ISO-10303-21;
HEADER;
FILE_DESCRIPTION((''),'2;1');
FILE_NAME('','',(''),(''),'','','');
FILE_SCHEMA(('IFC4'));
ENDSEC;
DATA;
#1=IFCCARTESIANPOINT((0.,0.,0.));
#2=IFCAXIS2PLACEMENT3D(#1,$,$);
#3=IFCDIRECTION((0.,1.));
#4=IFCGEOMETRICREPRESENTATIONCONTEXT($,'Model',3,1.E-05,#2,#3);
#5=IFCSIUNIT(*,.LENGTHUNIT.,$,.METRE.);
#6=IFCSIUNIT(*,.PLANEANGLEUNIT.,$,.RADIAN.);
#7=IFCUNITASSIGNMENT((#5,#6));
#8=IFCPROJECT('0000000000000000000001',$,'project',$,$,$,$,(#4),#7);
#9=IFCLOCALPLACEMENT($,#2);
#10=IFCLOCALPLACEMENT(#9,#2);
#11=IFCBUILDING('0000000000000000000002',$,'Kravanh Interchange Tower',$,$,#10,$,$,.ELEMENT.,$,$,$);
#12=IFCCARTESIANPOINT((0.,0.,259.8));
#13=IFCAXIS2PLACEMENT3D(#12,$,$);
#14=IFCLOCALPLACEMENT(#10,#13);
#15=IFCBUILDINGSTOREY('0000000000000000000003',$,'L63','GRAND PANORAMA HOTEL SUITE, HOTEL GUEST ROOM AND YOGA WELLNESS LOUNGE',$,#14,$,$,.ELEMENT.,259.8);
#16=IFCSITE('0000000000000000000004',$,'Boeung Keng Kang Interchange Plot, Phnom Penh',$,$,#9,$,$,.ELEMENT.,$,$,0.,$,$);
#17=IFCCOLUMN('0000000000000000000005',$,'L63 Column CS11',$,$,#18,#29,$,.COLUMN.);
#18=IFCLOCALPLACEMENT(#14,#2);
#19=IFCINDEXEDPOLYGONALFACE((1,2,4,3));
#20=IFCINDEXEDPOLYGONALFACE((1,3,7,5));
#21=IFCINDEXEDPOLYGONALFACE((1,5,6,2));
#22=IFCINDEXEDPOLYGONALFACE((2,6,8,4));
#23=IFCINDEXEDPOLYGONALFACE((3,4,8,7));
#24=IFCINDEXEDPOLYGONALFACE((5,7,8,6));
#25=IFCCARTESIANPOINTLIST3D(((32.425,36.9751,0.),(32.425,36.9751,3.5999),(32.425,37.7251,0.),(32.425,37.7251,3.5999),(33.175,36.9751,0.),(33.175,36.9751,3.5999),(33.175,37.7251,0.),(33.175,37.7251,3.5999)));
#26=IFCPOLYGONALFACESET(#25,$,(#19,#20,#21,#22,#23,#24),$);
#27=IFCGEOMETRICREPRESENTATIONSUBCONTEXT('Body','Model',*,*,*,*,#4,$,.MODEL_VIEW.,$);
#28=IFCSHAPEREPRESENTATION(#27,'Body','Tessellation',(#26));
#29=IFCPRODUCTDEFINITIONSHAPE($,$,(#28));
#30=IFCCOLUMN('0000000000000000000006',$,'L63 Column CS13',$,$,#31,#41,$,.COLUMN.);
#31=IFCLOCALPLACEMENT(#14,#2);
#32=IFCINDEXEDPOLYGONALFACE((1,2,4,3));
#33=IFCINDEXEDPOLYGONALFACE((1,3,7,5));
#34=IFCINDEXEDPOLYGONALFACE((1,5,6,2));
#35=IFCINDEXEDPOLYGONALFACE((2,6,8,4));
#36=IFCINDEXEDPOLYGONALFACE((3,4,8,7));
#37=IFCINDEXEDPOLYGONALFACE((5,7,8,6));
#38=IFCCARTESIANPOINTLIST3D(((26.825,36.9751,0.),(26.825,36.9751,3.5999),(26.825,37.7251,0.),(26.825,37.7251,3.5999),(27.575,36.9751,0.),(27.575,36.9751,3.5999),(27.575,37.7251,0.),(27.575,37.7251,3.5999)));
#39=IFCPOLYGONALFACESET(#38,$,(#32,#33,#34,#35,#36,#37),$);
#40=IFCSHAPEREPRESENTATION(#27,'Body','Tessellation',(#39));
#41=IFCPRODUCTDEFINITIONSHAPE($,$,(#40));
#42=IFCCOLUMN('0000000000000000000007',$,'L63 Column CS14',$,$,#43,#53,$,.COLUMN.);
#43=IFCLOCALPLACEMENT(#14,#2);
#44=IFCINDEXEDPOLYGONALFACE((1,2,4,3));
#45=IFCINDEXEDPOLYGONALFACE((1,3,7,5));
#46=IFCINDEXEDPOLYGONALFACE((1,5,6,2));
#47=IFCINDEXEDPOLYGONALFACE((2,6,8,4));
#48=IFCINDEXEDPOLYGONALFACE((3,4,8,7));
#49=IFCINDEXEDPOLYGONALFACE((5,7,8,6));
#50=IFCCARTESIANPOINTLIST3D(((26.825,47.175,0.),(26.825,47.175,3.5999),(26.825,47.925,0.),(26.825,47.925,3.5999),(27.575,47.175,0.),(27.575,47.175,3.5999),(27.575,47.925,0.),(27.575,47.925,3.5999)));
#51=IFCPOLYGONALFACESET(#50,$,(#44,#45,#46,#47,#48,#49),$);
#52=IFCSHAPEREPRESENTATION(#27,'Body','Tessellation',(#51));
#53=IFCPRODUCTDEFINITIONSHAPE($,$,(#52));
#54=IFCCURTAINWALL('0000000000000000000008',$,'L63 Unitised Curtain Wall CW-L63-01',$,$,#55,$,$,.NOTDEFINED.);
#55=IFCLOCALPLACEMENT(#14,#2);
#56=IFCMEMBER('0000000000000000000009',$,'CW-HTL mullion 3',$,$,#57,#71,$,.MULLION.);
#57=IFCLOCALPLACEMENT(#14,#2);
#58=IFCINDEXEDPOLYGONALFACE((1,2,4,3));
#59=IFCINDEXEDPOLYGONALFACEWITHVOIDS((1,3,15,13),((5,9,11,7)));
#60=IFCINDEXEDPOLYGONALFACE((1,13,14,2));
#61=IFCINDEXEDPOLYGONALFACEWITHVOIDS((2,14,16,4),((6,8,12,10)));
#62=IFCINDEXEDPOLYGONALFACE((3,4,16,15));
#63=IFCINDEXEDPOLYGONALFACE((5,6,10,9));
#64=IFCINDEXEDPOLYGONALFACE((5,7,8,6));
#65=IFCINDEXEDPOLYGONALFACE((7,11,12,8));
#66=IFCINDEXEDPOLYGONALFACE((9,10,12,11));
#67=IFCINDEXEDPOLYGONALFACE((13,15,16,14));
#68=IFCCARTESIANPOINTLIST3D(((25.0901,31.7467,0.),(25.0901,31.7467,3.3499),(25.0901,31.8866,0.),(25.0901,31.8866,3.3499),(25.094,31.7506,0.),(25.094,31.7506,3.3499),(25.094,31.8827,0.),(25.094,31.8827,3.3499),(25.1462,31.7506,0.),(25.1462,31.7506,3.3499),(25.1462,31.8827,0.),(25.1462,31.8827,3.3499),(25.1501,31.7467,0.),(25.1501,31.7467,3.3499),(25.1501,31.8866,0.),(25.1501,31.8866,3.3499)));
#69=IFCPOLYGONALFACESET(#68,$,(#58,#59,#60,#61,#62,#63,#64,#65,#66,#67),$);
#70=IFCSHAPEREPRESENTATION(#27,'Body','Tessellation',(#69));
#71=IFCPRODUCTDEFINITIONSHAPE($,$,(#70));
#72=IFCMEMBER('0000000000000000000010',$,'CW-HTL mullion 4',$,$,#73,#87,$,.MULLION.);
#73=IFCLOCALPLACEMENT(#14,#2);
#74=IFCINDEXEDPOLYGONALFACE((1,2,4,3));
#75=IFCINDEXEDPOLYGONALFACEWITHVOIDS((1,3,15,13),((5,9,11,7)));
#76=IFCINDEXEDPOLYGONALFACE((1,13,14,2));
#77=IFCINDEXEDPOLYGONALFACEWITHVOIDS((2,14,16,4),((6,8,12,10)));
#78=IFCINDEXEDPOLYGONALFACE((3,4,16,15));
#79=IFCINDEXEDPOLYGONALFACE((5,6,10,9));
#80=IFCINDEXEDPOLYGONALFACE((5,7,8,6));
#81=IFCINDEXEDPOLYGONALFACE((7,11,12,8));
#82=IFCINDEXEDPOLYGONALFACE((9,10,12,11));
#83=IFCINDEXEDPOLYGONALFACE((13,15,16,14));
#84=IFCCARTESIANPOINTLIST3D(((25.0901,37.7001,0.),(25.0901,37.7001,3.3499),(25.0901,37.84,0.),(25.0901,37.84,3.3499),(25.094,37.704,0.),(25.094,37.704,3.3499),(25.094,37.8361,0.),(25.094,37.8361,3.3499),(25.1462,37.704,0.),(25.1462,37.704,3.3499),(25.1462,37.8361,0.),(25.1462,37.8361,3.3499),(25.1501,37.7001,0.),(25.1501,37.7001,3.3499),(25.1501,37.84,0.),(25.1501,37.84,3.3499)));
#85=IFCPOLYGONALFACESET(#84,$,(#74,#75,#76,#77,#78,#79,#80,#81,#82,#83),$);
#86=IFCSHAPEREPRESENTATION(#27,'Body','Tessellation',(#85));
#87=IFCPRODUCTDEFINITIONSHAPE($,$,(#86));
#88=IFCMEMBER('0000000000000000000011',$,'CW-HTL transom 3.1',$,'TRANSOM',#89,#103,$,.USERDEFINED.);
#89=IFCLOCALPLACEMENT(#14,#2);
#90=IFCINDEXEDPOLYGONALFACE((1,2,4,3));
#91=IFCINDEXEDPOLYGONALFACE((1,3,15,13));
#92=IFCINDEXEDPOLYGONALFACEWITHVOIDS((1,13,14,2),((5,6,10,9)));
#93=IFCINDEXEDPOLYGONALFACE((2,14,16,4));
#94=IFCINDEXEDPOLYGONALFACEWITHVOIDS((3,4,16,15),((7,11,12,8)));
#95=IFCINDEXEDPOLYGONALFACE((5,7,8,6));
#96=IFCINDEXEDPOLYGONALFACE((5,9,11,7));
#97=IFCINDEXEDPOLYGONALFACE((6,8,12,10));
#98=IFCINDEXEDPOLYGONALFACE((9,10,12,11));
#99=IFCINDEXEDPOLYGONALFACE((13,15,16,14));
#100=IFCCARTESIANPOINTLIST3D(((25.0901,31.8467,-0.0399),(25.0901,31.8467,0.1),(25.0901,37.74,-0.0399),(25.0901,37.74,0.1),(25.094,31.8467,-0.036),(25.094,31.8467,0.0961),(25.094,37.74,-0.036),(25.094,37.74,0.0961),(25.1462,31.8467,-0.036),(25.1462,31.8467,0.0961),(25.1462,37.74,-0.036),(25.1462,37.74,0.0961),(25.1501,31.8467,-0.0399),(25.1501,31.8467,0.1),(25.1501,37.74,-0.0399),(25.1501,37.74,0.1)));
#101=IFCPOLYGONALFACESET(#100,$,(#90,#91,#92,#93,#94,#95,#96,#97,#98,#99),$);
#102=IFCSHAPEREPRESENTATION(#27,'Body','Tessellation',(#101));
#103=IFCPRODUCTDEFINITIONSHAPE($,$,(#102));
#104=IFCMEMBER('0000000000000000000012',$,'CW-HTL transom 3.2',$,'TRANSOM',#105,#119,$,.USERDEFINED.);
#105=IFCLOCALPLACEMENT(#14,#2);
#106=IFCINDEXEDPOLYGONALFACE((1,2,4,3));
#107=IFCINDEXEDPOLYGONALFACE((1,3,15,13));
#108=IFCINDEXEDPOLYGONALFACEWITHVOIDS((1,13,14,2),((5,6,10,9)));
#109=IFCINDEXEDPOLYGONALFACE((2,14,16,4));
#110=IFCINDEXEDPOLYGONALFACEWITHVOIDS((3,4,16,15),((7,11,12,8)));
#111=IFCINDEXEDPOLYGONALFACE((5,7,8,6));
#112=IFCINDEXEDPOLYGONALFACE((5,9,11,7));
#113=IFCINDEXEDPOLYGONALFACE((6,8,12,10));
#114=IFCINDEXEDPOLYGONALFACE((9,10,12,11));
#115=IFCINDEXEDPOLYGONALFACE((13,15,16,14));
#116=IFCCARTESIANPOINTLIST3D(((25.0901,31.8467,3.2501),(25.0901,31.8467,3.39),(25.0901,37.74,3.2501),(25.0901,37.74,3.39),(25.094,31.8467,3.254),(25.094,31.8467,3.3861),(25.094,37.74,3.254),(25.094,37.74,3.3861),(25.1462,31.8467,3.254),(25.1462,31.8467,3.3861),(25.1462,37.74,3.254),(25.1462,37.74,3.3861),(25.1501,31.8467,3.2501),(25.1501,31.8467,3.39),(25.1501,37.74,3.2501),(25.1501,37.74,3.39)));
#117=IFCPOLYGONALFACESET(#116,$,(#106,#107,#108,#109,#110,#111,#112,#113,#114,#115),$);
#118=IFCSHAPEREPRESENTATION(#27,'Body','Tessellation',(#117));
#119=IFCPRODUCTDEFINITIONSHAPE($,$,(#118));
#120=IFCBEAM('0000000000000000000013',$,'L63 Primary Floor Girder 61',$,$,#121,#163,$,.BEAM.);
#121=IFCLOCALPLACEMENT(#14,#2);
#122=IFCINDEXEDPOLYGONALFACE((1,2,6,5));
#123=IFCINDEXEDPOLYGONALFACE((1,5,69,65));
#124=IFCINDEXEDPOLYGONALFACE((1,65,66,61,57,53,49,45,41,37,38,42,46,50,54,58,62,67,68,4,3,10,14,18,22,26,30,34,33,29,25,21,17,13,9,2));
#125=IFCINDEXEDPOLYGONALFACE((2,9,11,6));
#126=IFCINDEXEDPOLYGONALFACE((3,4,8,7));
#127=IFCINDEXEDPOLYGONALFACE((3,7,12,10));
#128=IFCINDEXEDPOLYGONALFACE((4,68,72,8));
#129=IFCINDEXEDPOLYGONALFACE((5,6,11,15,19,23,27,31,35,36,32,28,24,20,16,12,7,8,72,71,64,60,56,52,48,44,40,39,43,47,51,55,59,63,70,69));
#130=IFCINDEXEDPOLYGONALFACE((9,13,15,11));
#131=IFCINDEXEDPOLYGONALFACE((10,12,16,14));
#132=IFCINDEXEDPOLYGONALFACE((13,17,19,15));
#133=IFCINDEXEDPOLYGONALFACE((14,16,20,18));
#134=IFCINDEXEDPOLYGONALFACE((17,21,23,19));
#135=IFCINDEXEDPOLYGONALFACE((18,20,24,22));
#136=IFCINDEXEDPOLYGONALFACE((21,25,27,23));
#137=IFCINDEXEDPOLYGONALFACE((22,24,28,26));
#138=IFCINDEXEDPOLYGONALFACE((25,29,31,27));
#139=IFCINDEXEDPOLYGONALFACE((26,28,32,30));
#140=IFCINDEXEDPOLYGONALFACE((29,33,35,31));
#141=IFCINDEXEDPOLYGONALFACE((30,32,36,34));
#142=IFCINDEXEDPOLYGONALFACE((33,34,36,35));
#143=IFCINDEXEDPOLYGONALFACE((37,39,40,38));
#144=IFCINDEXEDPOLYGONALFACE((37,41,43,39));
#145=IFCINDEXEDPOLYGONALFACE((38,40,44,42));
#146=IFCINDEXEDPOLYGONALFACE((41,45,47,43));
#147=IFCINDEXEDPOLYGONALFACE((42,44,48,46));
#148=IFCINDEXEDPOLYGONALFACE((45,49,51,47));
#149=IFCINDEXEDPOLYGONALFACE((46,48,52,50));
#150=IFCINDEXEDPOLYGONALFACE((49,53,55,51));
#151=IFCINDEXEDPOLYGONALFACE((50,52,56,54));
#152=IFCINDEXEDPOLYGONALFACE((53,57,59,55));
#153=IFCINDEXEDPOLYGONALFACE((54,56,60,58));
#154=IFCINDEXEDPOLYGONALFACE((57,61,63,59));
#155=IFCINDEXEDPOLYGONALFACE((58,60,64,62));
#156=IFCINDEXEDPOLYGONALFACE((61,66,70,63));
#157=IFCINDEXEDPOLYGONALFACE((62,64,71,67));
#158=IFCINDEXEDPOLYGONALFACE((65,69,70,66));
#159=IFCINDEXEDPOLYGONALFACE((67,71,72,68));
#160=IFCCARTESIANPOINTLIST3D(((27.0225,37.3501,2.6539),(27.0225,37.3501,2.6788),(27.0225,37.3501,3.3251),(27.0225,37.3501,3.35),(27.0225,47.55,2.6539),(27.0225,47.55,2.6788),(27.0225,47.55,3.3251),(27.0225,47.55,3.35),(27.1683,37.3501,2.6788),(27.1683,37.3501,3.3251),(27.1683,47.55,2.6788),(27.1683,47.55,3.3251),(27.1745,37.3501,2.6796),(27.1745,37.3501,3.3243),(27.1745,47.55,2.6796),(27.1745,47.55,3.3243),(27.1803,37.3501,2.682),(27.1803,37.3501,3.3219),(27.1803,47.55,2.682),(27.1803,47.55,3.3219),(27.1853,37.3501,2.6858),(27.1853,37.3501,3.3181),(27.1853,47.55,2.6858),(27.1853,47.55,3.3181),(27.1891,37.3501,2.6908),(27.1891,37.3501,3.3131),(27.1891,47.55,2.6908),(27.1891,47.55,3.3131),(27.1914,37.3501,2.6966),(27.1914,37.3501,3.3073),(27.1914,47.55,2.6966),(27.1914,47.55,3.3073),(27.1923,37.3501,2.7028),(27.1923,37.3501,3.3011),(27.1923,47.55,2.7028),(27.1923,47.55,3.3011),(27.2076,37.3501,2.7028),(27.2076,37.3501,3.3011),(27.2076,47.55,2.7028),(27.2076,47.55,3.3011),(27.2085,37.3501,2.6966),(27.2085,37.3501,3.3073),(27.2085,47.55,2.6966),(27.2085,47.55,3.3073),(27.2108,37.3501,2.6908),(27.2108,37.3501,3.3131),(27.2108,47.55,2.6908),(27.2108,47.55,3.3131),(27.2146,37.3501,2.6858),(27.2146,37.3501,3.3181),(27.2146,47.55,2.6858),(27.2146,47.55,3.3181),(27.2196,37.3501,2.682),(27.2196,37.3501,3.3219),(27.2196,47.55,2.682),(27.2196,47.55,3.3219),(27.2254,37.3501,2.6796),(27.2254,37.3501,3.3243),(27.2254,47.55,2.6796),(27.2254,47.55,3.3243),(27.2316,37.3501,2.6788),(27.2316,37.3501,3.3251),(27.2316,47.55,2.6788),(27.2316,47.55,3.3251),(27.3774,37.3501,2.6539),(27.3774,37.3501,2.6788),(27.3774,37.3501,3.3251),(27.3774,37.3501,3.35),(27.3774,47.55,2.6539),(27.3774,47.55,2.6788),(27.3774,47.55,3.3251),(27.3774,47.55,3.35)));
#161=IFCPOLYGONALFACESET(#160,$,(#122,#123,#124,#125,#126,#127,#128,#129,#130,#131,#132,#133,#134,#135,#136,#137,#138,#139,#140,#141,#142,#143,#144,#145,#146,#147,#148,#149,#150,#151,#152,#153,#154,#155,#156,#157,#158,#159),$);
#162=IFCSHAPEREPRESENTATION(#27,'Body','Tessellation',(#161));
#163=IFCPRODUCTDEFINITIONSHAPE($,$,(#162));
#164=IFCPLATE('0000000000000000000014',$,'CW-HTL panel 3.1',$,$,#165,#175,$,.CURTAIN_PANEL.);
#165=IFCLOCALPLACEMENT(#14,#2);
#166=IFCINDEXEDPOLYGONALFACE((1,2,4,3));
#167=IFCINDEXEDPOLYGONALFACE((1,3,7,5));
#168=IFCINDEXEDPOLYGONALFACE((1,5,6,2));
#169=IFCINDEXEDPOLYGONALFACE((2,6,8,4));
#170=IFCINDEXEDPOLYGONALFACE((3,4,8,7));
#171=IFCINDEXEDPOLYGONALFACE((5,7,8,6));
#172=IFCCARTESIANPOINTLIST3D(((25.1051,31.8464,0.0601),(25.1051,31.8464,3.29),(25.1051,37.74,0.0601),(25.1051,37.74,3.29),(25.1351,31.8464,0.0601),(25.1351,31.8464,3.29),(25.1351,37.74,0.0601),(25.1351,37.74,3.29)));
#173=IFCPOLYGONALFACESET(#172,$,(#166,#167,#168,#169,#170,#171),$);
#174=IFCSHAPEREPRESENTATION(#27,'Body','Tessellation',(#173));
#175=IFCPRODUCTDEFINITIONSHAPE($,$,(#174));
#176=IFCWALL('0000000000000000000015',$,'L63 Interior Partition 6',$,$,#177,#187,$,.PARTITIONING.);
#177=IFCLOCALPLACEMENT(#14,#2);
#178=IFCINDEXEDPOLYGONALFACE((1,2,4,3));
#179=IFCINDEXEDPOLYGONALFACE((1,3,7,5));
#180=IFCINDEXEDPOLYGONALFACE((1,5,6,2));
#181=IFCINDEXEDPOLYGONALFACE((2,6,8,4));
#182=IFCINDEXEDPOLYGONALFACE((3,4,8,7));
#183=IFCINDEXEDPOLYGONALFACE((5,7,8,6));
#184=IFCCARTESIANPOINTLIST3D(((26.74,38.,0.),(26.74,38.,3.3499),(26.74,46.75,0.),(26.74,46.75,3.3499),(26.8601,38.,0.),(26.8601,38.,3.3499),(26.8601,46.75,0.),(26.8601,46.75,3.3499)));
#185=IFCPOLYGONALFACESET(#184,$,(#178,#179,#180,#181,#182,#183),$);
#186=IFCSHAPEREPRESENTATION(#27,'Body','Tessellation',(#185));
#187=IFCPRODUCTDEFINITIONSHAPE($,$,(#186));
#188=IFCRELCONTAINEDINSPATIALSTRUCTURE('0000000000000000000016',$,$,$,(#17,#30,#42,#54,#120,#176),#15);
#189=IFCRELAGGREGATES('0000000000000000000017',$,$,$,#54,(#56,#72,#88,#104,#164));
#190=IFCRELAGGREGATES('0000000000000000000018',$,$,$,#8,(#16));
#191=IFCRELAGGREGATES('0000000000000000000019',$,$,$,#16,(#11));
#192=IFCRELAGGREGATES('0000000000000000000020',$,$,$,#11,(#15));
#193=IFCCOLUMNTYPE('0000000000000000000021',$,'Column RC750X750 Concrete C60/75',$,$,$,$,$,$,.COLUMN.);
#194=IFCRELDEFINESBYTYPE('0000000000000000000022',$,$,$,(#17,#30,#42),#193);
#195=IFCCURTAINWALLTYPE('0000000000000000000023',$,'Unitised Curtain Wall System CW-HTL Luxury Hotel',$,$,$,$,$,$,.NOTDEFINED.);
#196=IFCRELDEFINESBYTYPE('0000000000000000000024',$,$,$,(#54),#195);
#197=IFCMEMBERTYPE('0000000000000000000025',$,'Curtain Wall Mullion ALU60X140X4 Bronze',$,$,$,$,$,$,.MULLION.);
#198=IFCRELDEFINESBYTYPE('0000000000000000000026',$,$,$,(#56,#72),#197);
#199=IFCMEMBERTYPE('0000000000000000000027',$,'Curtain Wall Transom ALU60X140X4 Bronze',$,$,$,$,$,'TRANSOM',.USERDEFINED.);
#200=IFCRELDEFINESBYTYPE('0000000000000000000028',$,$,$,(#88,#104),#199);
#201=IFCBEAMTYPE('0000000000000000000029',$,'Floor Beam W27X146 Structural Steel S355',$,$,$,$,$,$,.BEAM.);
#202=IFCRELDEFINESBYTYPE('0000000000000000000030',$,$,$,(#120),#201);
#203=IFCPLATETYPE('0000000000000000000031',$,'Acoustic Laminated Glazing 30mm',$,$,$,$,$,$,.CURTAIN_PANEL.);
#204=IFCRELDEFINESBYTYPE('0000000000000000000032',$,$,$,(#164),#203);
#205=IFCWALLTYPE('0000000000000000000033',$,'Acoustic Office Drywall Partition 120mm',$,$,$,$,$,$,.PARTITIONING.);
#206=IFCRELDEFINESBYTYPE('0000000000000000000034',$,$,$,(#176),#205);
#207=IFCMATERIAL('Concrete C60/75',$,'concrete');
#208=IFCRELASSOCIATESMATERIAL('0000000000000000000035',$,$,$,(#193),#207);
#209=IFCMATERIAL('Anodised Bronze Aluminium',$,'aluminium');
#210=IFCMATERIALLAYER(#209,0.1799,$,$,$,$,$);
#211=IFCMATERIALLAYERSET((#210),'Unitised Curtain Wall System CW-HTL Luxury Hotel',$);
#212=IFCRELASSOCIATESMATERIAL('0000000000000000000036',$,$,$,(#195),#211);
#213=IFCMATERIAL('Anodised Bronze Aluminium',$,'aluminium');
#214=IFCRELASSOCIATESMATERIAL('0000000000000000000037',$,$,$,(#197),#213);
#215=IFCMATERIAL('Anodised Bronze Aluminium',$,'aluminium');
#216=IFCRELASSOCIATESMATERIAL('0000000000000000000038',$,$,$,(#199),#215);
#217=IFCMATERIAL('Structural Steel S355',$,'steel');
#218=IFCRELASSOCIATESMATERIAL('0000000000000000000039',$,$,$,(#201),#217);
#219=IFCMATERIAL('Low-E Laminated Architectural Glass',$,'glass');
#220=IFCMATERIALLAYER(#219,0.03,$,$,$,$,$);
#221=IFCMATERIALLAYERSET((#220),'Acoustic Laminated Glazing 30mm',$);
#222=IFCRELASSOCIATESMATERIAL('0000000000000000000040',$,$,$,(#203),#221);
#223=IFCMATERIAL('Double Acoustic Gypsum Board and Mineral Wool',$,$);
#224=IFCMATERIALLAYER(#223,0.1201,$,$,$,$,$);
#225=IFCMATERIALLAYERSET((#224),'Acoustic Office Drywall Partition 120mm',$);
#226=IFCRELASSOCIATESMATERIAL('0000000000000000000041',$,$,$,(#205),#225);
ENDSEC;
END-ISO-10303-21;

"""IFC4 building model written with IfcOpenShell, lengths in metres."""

from ifc_helpers import new_model, si_unit, direction, frame, frame_2d, origin, origin_2d, place, context, subcontext, project, spatial, rectangle, hollow_rectangle, i_section, extrude, material, layer, layer_set, material_profile, profile_set, type_object, element, aggregate, save


model = new_model("IFC4")

# Units and contexts
model_context = context("Model", 3, precision=1e-05, world=origin(), true_north=direction((0.0, 1.0)))
body_context = subcontext(model_context, "Body", "Model", "MODEL_VIEW")
ifc_project = project(units=[si_unit("LENGTHUNIT", "METRE"), si_unit("PLANEANGLEUNIT", "RADIAN")], contexts=[model_context])

# Site, building, storey
site_placement = place(None, origin())
site = spatial("IfcSite", under=ifc_project, at=site_placement, Name="Boeung Keng Kang Interchange Plot, Phnom Penh", CompositionType="ELEMENT", RefElevation=0.0)
building_placement = place(site_placement, origin())
building = spatial("IfcBuilding", under=site, at=building_placement, Name="Kravanh Interchange Tower", CompositionType="ELEMENT")
storey_placement = place(building_placement, frame((0.0, 0.0, 259.8)))
storey = spatial("IfcBuildingStorey", under=building, at=storey_placement, Name="L63", Description="GRAND PANORAMA HOTEL SUITE, HOTEL GUEST ROOM AND YOGA WELLNESS LOUNGE", CompositionType="ELEMENT", Elevation=259.8)

# Columns
ifc_material_1 = material(Name="Concrete C60/75", Category="concrete")
ifc_material_profile_1 = material_profile(ifc_material_1, rectangle(XDim=0.75, YDim=0.75, at=origin_2d()), Name="RC750X750")
ifc_profile_set_1 = profile_set([ifc_material_profile_1], Name="Concrete C60/75")
column_type = type_object("IfcColumnType", Name="Column RC750X750 Concrete C60/75", PredefinedType="COLUMN", material=ifc_profile_set_1)
for number, where, z_axis, x_axis, name in (
    (1, (32.8, 37.3501, 0.0), (0.0, 0.0, 1.0), (1.0, 0.0, 0.0), "L63 Column CS11"),
    (2, (27.2, 37.3501, 0.0), (0.0, 0.0, 1.0), (1.0, 0.0, 0.0), "L63 Column CS13"),
    (3, (27.2, 47.55, 0.0), (0.0, 0.0, 1.0), (1.0, 0.0, 0.0), "L63 Column CS14"),
):
    element("IfcColumn", number, at=place(storey_placement, frame(where, z_axis=z_axis, x_axis=x_axis)), inside=storey, type_object=column_type, Name=name, PredefinedType="COLUMN", context=body_context, shape_type="SweptSolid", body=[
        extrude(rectangle(XDim=0.75, YDim=0.75, at=origin_2d()), origin(), (0.0, 0.0, 1.0), 3.5999),
    ])

# Curtain wall, members
ifc_material_2 = material(Name="Anodised Bronze Aluminium", Category="aluminium")
ifc_layer_1 = layer(ifc_material_2, 0.1799)
ifc_layer_set_1 = layer_set([ifc_layer_1], Name="Unitised Curtain Wall System CW-HTL Luxury Hotel")
curtain_wall_type = type_object("IfcCurtainWallType", Name="Unitised Curtain Wall System CW-HTL Luxury Hotel", PredefinedType="NOTDEFINED", material=ifc_layer_set_1)
curtain_wall_placement = place(storey_placement, origin())
curtain_wall = element("IfcCurtainWall", 4, at=curtain_wall_placement, inside=storey, type_object=curtain_wall_type, Name="L63 Unitised Curtain Wall CW-L63-01", PredefinedType="NOTDEFINED")
ifc_material_3 = material(Name="Anodised Bronze Aluminium", Category="aluminium")
ifc_material_profile_2 = material_profile(ifc_material_3, hollow_rectangle(XDim=0.0601, YDim=0.1399, WallThickness=0.0039, at=origin_2d()), Name="ALU60X140X4")
ifc_profile_set_2 = profile_set([ifc_material_profile_2], Name="Anodised Bronze Aluminium")
member_type_1 = type_object("IfcMemberType", Name="Curtain Wall Mullion ALU60X140X4 Bronze", PredefinedType="MULLION", material=ifc_profile_set_2)
member_1_placement = place(storey_placement, frame((25.1201, 31.8167, 0.0), z_axis=(0.0, 0.0, 1.0), x_axis=(-1.0, 0.0, 0.0)))
member_1 = element("IfcMember", 5, at=member_1_placement, type_object=member_type_1, Name="CW-HTL mullion 3", PredefinedType="MULLION", context=body_context, shape_type="SweptSolid", body=[
    extrude(hollow_rectangle(XDim=0.0601, YDim=0.1399, WallThickness=0.0039, at=origin_2d()), origin(), (0.0, 0.0, 1.0), 3.3499),
])
member_2_placement = place(storey_placement, frame((25.1201, 37.77, 0.0), z_axis=(0.0, 0.0, 1.0), x_axis=(-1.0, 0.0, 0.0)))
member_2 = element("IfcMember", 6, at=member_2_placement, type_object=member_type_1, Name="CW-HTL mullion 4", PredefinedType="MULLION", context=body_context, shape_type="SweptSolid", body=[
    extrude(hollow_rectangle(XDim=0.0601, YDim=0.1399, WallThickness=0.0039, at=origin_2d()), origin(), (0.0, 0.0, 1.0), 3.3499),
])
ifc_material_4 = material(Name="Anodised Bronze Aluminium", Category="aluminium")
ifc_material_profile_3 = material_profile(ifc_material_4, hollow_rectangle(XDim=0.0601, YDim=0.1399, WallThickness=0.0039, at=origin_2d()), Name="ALU60X140X4")
ifc_profile_set_3 = profile_set([ifc_material_profile_3], Name="Anodised Bronze Aluminium")
member_type_2 = type_object("IfcMemberType", Name="Curtain Wall Transom ALU60X140X4 Bronze", ElementType="TRANSOM", PredefinedType="USERDEFINED", material=ifc_profile_set_3)
member_3_placement = place(storey_placement, frame((25.1201, 31.8467, 0.03), z_axis=(0.0, 1.0, 0.0), x_axis=(-1.0, 0.0, 0.0)))
member_3 = element("IfcMember", 7, at=member_3_placement, type_object=member_type_2, Name="CW-HTL transom 3.1", ObjectType="TRANSOM", PredefinedType="USERDEFINED", context=body_context, shape_type="SweptSolid", body=[
    extrude(hollow_rectangle(XDim=0.0601, YDim=0.1399, WallThickness=0.0039, at=origin_2d()), origin(), (0.0, 0.0, 1.0), 5.8933),
])
member_4_placement = place(storey_placement, frame((25.1201, 31.8467, 3.3201), z_axis=(0.0, 1.0, 0.0), x_axis=(-1.0, 0.0, 0.0)))
member_4 = element("IfcMember", 8, at=member_4_placement, type_object=member_type_2, Name="CW-HTL transom 3.2", ObjectType="TRANSOM", PredefinedType="USERDEFINED", context=body_context, shape_type="SweptSolid", body=[
    extrude(hollow_rectangle(XDim=0.0601, YDim=0.1399, WallThickness=0.0039, at=origin_2d()), origin(), (0.0, 0.0, 1.0), 5.8933),
])

# Beam
ifc_material_5 = material(Name="Structural Steel S355", Category="steel")
ifc_material_profile_4 = material_profile(ifc_material_5, i_section(OverallWidth=0.355, OverallDepth=0.696, WebThickness=0.0154, FlangeThickness=0.0249, FilletRadius=0.0239, at=origin_2d()), Name="W27X146")
ifc_profile_set_4 = profile_set([ifc_material_profile_4], Name="Structural Steel S355")
beam_type = type_object("IfcBeamType", Name="Floor Beam W27X146 Structural Steel S355", PredefinedType="BEAM", material=ifc_profile_set_4)
beam_placement = place(storey_placement, frame((27.2, 37.3501, 3.002), z_axis=(0.0, 1.0, 0.0), x_axis=(-1.0, 0.0, 0.0)))
element("IfcBeam", 9, at=beam_placement, inside=storey, type_object=beam_type, Name="L63 Primary Floor Girder 61", PredefinedType="BEAM", context=body_context, shape_type="SweptSolid", body=[
    extrude(i_section(OverallWidth=0.355, OverallDepth=0.696, WebThickness=0.0154, FlangeThickness=0.0249, FilletRadius=0.0239, at=origin_2d()), origin(), (0.0, 0.0, 1.0), 10.2),
])

# Plate
ifc_material_6 = material(Name="Low-E Laminated Architectural Glass", Category="glass")
ifc_layer_2 = layer(ifc_material_6, 0.03)
ifc_layer_set_2 = layer_set([ifc_layer_2], Name="Acoustic Laminated Glazing 30mm")
plate_type = type_object("IfcPlateType", Name="Acoustic Laminated Glazing 30mm", PredefinedType="CURTAIN_PANEL", material=ifc_layer_set_2)
plate_placement = place(storey_placement, frame((25.1201, 34.7932, 0.0601), z_axis=(0.0, 0.0, 1.0), x_axis=(0.0, 1.0, 0.0)))
plate = element("IfcPlate", 10, at=plate_placement, type_object=plate_type, Name="CW-HTL panel 3.1", PredefinedType="CURTAIN_PANEL", context=body_context, shape_type="SweptSolid", body=[
    extrude(rectangle(XDim=5.8936, YDim=0.03, at=origin_2d()), origin(), (0.0, 0.0, 1.0), 3.23),
])
aggregate(curtain_wall, [member_1, member_2, member_3, member_4, plate])

# Wall
ifc_material_7 = material(Name="Double Acoustic Gypsum Board and Mineral Wool")
ifc_layer_3 = layer(ifc_material_7, 0.1201)
ifc_layer_set_3 = layer_set([ifc_layer_3], Name="Acoustic Office Drywall Partition 120mm")
wall_type_1 = type_object("IfcWallType", Name="Acoustic Office Drywall Partition 120mm", PredefinedType="PARTITIONING", material=ifc_layer_set_3)
wall_1_placement = place(storey_placement, frame((26.8, 38.0, 0.0), z_axis=(0.0, 0.0, 1.0), x_axis=(0.0, 1.0, 0.0)))
element("IfcWall", 11, at=wall_1_placement, inside=storey, type_object=wall_type_1, Name="L63 Interior Partition 6", PredefinedType="PARTITIONING", context=body_context, shape_type="SweptSolid", body=[
    extrude(rectangle(XDim=8.75, YDim=0.1201, at=frame_2d((4.375, 0.0))), origin(), (0.0, 0.0, 1.0), 3.3499),
])

save(model, "model.ifc")
